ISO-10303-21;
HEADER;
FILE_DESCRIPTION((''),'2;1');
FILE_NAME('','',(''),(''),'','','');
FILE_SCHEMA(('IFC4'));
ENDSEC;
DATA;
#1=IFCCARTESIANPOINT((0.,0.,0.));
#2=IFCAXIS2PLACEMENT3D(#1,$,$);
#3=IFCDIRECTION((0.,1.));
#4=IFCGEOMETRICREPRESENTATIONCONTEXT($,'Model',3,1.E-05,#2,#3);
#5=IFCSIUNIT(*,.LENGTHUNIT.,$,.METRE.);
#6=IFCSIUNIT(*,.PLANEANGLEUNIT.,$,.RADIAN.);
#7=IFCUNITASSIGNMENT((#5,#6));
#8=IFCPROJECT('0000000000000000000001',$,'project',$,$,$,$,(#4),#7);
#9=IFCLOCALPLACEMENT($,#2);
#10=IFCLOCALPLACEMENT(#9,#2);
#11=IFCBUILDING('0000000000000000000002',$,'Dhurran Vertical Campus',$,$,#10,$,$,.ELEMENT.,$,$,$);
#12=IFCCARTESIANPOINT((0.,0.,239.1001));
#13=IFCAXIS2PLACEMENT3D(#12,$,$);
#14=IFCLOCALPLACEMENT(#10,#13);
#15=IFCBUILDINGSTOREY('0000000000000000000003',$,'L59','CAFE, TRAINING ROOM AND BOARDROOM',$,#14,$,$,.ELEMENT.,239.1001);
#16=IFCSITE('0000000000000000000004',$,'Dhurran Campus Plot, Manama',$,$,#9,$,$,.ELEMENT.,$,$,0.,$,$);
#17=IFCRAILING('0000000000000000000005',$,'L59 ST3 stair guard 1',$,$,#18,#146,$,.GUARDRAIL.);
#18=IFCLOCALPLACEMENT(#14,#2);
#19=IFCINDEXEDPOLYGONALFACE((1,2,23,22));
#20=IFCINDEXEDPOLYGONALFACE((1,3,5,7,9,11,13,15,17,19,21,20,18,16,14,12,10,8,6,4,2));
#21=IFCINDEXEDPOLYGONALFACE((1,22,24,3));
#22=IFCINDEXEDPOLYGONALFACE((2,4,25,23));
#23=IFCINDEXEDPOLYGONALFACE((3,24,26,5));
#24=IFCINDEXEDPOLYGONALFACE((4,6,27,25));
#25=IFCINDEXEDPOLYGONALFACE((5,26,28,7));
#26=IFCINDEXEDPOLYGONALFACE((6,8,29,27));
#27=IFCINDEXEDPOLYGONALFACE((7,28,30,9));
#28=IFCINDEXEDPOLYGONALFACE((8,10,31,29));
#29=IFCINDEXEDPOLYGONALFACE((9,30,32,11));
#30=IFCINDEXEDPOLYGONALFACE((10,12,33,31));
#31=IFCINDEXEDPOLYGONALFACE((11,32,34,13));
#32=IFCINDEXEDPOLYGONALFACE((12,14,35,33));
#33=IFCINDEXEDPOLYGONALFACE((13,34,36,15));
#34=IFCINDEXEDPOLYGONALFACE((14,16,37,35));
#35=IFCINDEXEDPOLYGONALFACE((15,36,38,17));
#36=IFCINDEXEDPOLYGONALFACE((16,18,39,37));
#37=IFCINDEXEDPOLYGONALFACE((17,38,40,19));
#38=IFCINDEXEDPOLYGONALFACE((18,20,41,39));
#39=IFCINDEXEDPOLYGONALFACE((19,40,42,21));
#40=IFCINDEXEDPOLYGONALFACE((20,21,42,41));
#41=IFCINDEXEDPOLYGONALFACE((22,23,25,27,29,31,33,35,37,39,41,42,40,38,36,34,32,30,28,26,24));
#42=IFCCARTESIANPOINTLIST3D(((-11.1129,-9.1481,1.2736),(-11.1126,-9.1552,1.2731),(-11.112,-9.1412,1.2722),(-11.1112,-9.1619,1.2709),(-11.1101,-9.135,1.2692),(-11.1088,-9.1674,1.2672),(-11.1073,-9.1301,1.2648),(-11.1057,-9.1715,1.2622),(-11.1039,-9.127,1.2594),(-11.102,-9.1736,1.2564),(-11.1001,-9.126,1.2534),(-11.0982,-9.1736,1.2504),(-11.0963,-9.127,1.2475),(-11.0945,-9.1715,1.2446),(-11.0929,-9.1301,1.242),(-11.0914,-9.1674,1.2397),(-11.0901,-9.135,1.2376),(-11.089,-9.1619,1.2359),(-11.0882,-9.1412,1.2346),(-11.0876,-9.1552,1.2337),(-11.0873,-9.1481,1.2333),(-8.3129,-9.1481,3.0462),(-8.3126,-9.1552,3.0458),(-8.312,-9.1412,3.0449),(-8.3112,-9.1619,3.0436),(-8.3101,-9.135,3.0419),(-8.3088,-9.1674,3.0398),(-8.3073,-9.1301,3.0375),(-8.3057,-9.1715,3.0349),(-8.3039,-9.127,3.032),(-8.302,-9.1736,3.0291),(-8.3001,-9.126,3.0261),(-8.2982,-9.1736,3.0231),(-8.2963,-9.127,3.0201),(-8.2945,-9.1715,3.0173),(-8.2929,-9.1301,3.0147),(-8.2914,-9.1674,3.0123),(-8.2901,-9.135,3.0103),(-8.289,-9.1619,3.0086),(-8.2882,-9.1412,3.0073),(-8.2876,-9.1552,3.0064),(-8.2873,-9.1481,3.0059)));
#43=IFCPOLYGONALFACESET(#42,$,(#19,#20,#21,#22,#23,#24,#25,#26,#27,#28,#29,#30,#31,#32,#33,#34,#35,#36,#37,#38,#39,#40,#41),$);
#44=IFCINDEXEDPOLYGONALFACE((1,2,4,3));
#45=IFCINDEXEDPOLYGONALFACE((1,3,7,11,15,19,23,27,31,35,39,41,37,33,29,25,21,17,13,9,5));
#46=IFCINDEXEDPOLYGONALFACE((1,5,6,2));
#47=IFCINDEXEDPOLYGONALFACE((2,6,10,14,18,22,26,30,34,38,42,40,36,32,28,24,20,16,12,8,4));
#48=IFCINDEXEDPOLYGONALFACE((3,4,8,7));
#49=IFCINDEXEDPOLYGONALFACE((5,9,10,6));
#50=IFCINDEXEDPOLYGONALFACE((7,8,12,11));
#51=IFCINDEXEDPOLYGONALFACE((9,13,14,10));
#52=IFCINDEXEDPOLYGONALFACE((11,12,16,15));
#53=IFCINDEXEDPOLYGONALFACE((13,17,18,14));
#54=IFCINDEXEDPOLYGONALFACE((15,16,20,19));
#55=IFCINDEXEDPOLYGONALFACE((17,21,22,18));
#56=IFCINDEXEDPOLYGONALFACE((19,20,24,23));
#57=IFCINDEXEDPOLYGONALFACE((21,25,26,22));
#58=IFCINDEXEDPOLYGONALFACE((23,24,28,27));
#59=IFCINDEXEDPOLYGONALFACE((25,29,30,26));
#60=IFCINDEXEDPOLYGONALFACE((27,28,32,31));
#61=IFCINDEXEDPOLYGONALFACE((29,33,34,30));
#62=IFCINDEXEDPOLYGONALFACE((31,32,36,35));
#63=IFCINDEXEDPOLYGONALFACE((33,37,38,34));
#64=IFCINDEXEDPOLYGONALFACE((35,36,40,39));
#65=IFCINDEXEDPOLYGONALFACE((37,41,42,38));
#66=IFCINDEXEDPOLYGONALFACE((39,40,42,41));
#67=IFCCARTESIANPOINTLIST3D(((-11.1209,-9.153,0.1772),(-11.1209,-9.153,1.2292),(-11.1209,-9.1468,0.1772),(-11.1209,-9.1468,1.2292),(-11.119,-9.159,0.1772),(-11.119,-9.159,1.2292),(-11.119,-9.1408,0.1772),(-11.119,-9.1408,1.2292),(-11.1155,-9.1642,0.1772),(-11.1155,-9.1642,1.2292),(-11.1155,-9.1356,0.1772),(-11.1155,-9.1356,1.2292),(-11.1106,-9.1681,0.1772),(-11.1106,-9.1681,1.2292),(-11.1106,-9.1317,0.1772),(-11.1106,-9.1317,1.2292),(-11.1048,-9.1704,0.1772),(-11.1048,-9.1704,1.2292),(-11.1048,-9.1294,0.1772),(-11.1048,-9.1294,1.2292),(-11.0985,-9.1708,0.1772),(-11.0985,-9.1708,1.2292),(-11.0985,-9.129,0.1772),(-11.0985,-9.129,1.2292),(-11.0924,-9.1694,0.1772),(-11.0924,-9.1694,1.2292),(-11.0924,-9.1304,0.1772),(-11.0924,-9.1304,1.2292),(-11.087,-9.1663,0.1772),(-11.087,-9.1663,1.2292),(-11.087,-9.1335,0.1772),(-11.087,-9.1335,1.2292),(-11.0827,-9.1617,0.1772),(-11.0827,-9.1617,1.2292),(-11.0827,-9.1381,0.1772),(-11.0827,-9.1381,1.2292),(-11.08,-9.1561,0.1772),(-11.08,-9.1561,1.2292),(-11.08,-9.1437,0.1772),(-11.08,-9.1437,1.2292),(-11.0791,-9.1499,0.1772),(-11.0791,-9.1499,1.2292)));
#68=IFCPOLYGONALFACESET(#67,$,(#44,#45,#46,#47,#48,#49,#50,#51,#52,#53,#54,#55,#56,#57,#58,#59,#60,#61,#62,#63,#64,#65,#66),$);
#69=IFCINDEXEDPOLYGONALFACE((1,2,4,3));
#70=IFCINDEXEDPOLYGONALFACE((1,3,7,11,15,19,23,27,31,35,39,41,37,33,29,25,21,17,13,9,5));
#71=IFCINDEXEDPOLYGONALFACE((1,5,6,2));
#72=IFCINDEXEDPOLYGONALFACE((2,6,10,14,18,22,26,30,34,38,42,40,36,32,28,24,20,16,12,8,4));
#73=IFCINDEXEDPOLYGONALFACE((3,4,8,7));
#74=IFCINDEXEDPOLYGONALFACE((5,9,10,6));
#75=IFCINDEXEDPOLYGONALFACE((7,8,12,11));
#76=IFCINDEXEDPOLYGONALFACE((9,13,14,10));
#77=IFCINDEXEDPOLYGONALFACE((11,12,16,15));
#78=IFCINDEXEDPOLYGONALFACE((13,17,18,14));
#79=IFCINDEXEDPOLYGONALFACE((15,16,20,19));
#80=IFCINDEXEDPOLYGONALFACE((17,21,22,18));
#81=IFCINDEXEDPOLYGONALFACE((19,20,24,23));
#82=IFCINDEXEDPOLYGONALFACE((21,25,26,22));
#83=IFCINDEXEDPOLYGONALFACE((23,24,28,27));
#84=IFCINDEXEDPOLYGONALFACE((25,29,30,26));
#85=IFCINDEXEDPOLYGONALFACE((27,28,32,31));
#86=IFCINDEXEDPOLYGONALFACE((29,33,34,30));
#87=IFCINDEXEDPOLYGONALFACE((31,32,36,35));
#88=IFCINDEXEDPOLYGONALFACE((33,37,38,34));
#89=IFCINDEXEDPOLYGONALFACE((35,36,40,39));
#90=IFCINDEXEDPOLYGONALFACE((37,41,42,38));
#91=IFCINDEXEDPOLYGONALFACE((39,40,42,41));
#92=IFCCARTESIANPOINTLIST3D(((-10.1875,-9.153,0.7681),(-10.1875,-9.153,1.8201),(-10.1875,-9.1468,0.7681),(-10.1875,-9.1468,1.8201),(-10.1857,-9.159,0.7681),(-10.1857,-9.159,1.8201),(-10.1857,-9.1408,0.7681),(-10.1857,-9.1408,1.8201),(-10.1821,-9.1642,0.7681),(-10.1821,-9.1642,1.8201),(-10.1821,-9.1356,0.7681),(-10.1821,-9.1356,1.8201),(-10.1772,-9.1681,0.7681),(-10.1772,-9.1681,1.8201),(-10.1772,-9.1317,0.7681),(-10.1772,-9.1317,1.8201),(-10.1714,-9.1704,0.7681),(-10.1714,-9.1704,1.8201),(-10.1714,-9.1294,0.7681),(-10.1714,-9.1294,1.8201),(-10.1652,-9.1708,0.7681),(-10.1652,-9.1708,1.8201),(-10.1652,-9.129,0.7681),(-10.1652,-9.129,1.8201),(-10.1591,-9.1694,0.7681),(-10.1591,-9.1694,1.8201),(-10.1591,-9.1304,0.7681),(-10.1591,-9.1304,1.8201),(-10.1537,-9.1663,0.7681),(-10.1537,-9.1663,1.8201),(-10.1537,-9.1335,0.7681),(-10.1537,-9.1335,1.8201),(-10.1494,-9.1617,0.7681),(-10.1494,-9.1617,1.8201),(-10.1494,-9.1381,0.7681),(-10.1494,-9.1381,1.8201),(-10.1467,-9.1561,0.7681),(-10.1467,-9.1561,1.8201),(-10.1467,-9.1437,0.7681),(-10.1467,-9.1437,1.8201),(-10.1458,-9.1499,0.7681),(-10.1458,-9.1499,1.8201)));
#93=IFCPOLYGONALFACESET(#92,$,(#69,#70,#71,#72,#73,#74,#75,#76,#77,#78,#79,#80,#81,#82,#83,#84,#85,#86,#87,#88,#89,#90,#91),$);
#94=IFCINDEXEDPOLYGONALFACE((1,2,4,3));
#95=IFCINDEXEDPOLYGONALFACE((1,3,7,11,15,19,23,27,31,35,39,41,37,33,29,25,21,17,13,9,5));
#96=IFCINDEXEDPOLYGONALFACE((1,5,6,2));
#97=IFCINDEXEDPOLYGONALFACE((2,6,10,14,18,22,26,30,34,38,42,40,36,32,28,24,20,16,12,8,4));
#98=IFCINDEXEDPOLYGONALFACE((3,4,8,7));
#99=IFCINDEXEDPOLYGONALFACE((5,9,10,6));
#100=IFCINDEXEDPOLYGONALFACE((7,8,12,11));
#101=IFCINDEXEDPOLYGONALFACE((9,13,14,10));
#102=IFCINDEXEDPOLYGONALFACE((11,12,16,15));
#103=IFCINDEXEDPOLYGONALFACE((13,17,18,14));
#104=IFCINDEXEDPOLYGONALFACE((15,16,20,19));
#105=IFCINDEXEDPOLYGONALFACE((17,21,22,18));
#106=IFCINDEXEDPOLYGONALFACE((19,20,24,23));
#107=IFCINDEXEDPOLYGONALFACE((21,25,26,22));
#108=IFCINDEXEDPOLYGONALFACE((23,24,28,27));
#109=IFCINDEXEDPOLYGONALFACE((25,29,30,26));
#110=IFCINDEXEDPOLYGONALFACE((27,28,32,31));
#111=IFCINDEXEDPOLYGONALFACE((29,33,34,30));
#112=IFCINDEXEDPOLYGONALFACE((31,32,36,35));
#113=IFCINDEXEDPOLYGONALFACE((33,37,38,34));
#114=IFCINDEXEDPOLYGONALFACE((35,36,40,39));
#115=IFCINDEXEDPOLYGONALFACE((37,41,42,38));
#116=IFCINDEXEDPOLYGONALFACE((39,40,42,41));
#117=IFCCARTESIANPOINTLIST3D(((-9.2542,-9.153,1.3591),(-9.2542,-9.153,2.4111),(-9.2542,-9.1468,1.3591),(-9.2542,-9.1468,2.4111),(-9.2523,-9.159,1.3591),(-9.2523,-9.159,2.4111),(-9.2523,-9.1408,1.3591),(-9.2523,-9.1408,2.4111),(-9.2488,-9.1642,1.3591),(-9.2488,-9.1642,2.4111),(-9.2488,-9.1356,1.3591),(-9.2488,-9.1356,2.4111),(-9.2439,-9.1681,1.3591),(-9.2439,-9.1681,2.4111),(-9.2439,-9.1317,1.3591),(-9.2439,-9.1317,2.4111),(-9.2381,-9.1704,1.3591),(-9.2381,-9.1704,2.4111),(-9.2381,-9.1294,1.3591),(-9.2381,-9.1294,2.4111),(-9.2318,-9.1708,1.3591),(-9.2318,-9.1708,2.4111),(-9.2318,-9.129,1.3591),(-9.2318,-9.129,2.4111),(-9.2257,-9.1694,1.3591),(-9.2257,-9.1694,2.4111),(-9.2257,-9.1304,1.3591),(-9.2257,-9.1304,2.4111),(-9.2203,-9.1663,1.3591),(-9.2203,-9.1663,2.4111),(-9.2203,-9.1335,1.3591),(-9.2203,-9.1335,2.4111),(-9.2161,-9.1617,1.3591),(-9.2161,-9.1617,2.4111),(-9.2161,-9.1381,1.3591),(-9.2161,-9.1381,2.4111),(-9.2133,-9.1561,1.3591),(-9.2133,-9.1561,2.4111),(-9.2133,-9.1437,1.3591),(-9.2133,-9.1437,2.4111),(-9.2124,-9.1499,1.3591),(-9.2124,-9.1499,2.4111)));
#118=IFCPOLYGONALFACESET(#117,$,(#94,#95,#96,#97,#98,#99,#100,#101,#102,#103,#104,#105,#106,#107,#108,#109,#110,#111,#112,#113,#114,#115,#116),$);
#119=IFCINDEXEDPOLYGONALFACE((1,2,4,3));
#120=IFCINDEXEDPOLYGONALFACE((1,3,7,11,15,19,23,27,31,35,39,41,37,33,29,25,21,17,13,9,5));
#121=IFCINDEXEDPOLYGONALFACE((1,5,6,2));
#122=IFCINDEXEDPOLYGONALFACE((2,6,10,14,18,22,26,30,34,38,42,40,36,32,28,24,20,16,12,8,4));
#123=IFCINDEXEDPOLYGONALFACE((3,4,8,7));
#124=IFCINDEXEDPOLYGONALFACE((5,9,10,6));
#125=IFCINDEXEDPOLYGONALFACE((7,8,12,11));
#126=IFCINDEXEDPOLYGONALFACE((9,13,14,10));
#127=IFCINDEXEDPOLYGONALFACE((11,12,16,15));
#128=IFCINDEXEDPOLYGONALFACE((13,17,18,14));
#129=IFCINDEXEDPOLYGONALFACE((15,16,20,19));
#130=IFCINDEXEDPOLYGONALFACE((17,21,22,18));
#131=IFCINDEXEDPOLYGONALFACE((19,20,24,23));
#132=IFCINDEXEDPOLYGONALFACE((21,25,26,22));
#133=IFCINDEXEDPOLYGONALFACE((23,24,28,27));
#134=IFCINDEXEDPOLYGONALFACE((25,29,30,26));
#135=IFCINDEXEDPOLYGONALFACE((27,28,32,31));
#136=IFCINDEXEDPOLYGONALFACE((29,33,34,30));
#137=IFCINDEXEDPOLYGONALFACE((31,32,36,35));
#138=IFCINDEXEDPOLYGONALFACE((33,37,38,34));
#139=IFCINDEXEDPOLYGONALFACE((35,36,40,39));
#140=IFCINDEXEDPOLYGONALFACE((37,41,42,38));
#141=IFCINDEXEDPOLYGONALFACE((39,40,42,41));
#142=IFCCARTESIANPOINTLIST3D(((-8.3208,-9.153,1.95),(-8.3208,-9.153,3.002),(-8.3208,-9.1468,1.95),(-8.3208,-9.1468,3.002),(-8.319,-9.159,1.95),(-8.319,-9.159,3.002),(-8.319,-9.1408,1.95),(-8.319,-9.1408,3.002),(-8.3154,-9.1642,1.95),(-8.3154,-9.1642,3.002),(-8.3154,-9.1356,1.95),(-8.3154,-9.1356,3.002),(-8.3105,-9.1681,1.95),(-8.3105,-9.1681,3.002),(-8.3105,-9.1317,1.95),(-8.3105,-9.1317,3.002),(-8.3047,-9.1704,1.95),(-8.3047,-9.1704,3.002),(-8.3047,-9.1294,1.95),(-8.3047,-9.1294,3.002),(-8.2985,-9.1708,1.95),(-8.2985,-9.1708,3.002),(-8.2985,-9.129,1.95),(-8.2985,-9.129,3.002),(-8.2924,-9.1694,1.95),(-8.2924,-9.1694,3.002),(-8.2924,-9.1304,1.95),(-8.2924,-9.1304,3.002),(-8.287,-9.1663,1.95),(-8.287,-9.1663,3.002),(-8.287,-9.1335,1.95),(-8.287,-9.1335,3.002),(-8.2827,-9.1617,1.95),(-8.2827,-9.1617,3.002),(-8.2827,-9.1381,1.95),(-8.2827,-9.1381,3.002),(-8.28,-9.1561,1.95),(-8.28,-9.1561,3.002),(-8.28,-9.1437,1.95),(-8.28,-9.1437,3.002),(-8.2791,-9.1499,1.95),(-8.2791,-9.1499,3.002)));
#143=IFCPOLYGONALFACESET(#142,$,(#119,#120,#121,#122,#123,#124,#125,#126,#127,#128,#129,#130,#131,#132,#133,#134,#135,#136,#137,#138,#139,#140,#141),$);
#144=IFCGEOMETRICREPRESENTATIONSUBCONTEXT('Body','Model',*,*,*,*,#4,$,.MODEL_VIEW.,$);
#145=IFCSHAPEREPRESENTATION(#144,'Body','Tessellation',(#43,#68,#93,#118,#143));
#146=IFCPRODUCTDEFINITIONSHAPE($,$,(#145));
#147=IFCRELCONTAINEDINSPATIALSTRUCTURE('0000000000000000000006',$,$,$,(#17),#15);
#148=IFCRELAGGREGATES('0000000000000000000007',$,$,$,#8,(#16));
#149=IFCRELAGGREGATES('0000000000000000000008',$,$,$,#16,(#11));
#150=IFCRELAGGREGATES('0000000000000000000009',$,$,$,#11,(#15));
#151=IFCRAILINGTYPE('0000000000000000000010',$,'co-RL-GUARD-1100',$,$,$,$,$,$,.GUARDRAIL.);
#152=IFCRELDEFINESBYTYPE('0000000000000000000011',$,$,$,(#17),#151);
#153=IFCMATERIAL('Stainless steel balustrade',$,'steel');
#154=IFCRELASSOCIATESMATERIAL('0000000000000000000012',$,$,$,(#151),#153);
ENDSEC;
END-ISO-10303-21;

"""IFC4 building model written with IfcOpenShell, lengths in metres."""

from ifc_helpers import new_model, si_unit, direction, frame, origin, origin_2d, place, context, subcontext, project, spatial, circle, extrude, material, type_object, element, save


model = new_model("IFC4")

# Units and contexts
model_context = context("Model", 3, precision=1e-05, world=origin(), true_north=direction((0.0, 1.0)))
body_context = subcontext(model_context, "Body", "Model", "MODEL_VIEW")
ifc_project = project(units=[si_unit("LENGTHUNIT", "METRE"), si_unit("PLANEANGLEUNIT", "RADIAN")], contexts=[model_context])

# Site, building, storey
site_placement = place(None, origin())
site = spatial("IfcSite", under=ifc_project, at=site_placement, Name="Dhurran Campus Plot, Manama", CompositionType="ELEMENT", RefElevation=0.0)
building_placement = place(site_placement, origin())
building = spatial("IfcBuilding", under=site, at=building_placement, Name="Dhurran Vertical Campus", CompositionType="ELEMENT")
storey_placement = place(building_placement, frame((0.0, 0.0, 239.1001)))
storey = spatial("IfcBuildingStorey", under=building, at=storey_placement, Name="L59", Description="CAFE, TRAINING ROOM AND BOARDROOM", CompositionType="ELEMENT", Elevation=239.1001)

# Railing
ifc_material_1 = material(Name="Stainless steel balustrade", Category="steel")
railing_type_1 = type_object("IfcRailingType", Name="co-RL-GUARD-1100", PredefinedType="GUARDRAIL", material=ifc_material_1)
railing_1_placement = place(storey_placement, frame((-11.1001, -9.1499, 0.1772)))
element("IfcRailing", 1, at=railing_1_placement, inside=storey, type_object=railing_type_1, Name="L59 ST3 stair guard 1", PredefinedType="GUARDRAIL", context=body_context, shape_type="SweptSolid", body=[
    extrude(circle(Radius=0.0239, at=origin_2d()), frame((0.0, 0.0, 1.0762), z_axis=(0.844909, 0.0, 0.53491), x_axis=(0.0, 1.0, 0.0)), (0.0, 0.0, 1.0), 3.314),
    extrude(circle(Radius=0.021, at=origin_2d()), origin(), (0.0, 0.0, 1.0), 1.052),
    extrude(circle(Radius=0.021, at=origin_2d()), frame((0.9333, 0.0, 0.5908)), (0.0, 0.0, 1.0), 1.052),
    extrude(circle(Radius=0.021, at=origin_2d()), frame((1.8667, 0.0, 1.1819)), (0.0, 0.0, 1.0), 1.052),
    extrude(circle(Radius=0.021, at=origin_2d()), frame((2.8, 0.0, 1.7727)), (0.0, 0.0, 1.0), 1.052),
])

save(model, "model.ifc")
